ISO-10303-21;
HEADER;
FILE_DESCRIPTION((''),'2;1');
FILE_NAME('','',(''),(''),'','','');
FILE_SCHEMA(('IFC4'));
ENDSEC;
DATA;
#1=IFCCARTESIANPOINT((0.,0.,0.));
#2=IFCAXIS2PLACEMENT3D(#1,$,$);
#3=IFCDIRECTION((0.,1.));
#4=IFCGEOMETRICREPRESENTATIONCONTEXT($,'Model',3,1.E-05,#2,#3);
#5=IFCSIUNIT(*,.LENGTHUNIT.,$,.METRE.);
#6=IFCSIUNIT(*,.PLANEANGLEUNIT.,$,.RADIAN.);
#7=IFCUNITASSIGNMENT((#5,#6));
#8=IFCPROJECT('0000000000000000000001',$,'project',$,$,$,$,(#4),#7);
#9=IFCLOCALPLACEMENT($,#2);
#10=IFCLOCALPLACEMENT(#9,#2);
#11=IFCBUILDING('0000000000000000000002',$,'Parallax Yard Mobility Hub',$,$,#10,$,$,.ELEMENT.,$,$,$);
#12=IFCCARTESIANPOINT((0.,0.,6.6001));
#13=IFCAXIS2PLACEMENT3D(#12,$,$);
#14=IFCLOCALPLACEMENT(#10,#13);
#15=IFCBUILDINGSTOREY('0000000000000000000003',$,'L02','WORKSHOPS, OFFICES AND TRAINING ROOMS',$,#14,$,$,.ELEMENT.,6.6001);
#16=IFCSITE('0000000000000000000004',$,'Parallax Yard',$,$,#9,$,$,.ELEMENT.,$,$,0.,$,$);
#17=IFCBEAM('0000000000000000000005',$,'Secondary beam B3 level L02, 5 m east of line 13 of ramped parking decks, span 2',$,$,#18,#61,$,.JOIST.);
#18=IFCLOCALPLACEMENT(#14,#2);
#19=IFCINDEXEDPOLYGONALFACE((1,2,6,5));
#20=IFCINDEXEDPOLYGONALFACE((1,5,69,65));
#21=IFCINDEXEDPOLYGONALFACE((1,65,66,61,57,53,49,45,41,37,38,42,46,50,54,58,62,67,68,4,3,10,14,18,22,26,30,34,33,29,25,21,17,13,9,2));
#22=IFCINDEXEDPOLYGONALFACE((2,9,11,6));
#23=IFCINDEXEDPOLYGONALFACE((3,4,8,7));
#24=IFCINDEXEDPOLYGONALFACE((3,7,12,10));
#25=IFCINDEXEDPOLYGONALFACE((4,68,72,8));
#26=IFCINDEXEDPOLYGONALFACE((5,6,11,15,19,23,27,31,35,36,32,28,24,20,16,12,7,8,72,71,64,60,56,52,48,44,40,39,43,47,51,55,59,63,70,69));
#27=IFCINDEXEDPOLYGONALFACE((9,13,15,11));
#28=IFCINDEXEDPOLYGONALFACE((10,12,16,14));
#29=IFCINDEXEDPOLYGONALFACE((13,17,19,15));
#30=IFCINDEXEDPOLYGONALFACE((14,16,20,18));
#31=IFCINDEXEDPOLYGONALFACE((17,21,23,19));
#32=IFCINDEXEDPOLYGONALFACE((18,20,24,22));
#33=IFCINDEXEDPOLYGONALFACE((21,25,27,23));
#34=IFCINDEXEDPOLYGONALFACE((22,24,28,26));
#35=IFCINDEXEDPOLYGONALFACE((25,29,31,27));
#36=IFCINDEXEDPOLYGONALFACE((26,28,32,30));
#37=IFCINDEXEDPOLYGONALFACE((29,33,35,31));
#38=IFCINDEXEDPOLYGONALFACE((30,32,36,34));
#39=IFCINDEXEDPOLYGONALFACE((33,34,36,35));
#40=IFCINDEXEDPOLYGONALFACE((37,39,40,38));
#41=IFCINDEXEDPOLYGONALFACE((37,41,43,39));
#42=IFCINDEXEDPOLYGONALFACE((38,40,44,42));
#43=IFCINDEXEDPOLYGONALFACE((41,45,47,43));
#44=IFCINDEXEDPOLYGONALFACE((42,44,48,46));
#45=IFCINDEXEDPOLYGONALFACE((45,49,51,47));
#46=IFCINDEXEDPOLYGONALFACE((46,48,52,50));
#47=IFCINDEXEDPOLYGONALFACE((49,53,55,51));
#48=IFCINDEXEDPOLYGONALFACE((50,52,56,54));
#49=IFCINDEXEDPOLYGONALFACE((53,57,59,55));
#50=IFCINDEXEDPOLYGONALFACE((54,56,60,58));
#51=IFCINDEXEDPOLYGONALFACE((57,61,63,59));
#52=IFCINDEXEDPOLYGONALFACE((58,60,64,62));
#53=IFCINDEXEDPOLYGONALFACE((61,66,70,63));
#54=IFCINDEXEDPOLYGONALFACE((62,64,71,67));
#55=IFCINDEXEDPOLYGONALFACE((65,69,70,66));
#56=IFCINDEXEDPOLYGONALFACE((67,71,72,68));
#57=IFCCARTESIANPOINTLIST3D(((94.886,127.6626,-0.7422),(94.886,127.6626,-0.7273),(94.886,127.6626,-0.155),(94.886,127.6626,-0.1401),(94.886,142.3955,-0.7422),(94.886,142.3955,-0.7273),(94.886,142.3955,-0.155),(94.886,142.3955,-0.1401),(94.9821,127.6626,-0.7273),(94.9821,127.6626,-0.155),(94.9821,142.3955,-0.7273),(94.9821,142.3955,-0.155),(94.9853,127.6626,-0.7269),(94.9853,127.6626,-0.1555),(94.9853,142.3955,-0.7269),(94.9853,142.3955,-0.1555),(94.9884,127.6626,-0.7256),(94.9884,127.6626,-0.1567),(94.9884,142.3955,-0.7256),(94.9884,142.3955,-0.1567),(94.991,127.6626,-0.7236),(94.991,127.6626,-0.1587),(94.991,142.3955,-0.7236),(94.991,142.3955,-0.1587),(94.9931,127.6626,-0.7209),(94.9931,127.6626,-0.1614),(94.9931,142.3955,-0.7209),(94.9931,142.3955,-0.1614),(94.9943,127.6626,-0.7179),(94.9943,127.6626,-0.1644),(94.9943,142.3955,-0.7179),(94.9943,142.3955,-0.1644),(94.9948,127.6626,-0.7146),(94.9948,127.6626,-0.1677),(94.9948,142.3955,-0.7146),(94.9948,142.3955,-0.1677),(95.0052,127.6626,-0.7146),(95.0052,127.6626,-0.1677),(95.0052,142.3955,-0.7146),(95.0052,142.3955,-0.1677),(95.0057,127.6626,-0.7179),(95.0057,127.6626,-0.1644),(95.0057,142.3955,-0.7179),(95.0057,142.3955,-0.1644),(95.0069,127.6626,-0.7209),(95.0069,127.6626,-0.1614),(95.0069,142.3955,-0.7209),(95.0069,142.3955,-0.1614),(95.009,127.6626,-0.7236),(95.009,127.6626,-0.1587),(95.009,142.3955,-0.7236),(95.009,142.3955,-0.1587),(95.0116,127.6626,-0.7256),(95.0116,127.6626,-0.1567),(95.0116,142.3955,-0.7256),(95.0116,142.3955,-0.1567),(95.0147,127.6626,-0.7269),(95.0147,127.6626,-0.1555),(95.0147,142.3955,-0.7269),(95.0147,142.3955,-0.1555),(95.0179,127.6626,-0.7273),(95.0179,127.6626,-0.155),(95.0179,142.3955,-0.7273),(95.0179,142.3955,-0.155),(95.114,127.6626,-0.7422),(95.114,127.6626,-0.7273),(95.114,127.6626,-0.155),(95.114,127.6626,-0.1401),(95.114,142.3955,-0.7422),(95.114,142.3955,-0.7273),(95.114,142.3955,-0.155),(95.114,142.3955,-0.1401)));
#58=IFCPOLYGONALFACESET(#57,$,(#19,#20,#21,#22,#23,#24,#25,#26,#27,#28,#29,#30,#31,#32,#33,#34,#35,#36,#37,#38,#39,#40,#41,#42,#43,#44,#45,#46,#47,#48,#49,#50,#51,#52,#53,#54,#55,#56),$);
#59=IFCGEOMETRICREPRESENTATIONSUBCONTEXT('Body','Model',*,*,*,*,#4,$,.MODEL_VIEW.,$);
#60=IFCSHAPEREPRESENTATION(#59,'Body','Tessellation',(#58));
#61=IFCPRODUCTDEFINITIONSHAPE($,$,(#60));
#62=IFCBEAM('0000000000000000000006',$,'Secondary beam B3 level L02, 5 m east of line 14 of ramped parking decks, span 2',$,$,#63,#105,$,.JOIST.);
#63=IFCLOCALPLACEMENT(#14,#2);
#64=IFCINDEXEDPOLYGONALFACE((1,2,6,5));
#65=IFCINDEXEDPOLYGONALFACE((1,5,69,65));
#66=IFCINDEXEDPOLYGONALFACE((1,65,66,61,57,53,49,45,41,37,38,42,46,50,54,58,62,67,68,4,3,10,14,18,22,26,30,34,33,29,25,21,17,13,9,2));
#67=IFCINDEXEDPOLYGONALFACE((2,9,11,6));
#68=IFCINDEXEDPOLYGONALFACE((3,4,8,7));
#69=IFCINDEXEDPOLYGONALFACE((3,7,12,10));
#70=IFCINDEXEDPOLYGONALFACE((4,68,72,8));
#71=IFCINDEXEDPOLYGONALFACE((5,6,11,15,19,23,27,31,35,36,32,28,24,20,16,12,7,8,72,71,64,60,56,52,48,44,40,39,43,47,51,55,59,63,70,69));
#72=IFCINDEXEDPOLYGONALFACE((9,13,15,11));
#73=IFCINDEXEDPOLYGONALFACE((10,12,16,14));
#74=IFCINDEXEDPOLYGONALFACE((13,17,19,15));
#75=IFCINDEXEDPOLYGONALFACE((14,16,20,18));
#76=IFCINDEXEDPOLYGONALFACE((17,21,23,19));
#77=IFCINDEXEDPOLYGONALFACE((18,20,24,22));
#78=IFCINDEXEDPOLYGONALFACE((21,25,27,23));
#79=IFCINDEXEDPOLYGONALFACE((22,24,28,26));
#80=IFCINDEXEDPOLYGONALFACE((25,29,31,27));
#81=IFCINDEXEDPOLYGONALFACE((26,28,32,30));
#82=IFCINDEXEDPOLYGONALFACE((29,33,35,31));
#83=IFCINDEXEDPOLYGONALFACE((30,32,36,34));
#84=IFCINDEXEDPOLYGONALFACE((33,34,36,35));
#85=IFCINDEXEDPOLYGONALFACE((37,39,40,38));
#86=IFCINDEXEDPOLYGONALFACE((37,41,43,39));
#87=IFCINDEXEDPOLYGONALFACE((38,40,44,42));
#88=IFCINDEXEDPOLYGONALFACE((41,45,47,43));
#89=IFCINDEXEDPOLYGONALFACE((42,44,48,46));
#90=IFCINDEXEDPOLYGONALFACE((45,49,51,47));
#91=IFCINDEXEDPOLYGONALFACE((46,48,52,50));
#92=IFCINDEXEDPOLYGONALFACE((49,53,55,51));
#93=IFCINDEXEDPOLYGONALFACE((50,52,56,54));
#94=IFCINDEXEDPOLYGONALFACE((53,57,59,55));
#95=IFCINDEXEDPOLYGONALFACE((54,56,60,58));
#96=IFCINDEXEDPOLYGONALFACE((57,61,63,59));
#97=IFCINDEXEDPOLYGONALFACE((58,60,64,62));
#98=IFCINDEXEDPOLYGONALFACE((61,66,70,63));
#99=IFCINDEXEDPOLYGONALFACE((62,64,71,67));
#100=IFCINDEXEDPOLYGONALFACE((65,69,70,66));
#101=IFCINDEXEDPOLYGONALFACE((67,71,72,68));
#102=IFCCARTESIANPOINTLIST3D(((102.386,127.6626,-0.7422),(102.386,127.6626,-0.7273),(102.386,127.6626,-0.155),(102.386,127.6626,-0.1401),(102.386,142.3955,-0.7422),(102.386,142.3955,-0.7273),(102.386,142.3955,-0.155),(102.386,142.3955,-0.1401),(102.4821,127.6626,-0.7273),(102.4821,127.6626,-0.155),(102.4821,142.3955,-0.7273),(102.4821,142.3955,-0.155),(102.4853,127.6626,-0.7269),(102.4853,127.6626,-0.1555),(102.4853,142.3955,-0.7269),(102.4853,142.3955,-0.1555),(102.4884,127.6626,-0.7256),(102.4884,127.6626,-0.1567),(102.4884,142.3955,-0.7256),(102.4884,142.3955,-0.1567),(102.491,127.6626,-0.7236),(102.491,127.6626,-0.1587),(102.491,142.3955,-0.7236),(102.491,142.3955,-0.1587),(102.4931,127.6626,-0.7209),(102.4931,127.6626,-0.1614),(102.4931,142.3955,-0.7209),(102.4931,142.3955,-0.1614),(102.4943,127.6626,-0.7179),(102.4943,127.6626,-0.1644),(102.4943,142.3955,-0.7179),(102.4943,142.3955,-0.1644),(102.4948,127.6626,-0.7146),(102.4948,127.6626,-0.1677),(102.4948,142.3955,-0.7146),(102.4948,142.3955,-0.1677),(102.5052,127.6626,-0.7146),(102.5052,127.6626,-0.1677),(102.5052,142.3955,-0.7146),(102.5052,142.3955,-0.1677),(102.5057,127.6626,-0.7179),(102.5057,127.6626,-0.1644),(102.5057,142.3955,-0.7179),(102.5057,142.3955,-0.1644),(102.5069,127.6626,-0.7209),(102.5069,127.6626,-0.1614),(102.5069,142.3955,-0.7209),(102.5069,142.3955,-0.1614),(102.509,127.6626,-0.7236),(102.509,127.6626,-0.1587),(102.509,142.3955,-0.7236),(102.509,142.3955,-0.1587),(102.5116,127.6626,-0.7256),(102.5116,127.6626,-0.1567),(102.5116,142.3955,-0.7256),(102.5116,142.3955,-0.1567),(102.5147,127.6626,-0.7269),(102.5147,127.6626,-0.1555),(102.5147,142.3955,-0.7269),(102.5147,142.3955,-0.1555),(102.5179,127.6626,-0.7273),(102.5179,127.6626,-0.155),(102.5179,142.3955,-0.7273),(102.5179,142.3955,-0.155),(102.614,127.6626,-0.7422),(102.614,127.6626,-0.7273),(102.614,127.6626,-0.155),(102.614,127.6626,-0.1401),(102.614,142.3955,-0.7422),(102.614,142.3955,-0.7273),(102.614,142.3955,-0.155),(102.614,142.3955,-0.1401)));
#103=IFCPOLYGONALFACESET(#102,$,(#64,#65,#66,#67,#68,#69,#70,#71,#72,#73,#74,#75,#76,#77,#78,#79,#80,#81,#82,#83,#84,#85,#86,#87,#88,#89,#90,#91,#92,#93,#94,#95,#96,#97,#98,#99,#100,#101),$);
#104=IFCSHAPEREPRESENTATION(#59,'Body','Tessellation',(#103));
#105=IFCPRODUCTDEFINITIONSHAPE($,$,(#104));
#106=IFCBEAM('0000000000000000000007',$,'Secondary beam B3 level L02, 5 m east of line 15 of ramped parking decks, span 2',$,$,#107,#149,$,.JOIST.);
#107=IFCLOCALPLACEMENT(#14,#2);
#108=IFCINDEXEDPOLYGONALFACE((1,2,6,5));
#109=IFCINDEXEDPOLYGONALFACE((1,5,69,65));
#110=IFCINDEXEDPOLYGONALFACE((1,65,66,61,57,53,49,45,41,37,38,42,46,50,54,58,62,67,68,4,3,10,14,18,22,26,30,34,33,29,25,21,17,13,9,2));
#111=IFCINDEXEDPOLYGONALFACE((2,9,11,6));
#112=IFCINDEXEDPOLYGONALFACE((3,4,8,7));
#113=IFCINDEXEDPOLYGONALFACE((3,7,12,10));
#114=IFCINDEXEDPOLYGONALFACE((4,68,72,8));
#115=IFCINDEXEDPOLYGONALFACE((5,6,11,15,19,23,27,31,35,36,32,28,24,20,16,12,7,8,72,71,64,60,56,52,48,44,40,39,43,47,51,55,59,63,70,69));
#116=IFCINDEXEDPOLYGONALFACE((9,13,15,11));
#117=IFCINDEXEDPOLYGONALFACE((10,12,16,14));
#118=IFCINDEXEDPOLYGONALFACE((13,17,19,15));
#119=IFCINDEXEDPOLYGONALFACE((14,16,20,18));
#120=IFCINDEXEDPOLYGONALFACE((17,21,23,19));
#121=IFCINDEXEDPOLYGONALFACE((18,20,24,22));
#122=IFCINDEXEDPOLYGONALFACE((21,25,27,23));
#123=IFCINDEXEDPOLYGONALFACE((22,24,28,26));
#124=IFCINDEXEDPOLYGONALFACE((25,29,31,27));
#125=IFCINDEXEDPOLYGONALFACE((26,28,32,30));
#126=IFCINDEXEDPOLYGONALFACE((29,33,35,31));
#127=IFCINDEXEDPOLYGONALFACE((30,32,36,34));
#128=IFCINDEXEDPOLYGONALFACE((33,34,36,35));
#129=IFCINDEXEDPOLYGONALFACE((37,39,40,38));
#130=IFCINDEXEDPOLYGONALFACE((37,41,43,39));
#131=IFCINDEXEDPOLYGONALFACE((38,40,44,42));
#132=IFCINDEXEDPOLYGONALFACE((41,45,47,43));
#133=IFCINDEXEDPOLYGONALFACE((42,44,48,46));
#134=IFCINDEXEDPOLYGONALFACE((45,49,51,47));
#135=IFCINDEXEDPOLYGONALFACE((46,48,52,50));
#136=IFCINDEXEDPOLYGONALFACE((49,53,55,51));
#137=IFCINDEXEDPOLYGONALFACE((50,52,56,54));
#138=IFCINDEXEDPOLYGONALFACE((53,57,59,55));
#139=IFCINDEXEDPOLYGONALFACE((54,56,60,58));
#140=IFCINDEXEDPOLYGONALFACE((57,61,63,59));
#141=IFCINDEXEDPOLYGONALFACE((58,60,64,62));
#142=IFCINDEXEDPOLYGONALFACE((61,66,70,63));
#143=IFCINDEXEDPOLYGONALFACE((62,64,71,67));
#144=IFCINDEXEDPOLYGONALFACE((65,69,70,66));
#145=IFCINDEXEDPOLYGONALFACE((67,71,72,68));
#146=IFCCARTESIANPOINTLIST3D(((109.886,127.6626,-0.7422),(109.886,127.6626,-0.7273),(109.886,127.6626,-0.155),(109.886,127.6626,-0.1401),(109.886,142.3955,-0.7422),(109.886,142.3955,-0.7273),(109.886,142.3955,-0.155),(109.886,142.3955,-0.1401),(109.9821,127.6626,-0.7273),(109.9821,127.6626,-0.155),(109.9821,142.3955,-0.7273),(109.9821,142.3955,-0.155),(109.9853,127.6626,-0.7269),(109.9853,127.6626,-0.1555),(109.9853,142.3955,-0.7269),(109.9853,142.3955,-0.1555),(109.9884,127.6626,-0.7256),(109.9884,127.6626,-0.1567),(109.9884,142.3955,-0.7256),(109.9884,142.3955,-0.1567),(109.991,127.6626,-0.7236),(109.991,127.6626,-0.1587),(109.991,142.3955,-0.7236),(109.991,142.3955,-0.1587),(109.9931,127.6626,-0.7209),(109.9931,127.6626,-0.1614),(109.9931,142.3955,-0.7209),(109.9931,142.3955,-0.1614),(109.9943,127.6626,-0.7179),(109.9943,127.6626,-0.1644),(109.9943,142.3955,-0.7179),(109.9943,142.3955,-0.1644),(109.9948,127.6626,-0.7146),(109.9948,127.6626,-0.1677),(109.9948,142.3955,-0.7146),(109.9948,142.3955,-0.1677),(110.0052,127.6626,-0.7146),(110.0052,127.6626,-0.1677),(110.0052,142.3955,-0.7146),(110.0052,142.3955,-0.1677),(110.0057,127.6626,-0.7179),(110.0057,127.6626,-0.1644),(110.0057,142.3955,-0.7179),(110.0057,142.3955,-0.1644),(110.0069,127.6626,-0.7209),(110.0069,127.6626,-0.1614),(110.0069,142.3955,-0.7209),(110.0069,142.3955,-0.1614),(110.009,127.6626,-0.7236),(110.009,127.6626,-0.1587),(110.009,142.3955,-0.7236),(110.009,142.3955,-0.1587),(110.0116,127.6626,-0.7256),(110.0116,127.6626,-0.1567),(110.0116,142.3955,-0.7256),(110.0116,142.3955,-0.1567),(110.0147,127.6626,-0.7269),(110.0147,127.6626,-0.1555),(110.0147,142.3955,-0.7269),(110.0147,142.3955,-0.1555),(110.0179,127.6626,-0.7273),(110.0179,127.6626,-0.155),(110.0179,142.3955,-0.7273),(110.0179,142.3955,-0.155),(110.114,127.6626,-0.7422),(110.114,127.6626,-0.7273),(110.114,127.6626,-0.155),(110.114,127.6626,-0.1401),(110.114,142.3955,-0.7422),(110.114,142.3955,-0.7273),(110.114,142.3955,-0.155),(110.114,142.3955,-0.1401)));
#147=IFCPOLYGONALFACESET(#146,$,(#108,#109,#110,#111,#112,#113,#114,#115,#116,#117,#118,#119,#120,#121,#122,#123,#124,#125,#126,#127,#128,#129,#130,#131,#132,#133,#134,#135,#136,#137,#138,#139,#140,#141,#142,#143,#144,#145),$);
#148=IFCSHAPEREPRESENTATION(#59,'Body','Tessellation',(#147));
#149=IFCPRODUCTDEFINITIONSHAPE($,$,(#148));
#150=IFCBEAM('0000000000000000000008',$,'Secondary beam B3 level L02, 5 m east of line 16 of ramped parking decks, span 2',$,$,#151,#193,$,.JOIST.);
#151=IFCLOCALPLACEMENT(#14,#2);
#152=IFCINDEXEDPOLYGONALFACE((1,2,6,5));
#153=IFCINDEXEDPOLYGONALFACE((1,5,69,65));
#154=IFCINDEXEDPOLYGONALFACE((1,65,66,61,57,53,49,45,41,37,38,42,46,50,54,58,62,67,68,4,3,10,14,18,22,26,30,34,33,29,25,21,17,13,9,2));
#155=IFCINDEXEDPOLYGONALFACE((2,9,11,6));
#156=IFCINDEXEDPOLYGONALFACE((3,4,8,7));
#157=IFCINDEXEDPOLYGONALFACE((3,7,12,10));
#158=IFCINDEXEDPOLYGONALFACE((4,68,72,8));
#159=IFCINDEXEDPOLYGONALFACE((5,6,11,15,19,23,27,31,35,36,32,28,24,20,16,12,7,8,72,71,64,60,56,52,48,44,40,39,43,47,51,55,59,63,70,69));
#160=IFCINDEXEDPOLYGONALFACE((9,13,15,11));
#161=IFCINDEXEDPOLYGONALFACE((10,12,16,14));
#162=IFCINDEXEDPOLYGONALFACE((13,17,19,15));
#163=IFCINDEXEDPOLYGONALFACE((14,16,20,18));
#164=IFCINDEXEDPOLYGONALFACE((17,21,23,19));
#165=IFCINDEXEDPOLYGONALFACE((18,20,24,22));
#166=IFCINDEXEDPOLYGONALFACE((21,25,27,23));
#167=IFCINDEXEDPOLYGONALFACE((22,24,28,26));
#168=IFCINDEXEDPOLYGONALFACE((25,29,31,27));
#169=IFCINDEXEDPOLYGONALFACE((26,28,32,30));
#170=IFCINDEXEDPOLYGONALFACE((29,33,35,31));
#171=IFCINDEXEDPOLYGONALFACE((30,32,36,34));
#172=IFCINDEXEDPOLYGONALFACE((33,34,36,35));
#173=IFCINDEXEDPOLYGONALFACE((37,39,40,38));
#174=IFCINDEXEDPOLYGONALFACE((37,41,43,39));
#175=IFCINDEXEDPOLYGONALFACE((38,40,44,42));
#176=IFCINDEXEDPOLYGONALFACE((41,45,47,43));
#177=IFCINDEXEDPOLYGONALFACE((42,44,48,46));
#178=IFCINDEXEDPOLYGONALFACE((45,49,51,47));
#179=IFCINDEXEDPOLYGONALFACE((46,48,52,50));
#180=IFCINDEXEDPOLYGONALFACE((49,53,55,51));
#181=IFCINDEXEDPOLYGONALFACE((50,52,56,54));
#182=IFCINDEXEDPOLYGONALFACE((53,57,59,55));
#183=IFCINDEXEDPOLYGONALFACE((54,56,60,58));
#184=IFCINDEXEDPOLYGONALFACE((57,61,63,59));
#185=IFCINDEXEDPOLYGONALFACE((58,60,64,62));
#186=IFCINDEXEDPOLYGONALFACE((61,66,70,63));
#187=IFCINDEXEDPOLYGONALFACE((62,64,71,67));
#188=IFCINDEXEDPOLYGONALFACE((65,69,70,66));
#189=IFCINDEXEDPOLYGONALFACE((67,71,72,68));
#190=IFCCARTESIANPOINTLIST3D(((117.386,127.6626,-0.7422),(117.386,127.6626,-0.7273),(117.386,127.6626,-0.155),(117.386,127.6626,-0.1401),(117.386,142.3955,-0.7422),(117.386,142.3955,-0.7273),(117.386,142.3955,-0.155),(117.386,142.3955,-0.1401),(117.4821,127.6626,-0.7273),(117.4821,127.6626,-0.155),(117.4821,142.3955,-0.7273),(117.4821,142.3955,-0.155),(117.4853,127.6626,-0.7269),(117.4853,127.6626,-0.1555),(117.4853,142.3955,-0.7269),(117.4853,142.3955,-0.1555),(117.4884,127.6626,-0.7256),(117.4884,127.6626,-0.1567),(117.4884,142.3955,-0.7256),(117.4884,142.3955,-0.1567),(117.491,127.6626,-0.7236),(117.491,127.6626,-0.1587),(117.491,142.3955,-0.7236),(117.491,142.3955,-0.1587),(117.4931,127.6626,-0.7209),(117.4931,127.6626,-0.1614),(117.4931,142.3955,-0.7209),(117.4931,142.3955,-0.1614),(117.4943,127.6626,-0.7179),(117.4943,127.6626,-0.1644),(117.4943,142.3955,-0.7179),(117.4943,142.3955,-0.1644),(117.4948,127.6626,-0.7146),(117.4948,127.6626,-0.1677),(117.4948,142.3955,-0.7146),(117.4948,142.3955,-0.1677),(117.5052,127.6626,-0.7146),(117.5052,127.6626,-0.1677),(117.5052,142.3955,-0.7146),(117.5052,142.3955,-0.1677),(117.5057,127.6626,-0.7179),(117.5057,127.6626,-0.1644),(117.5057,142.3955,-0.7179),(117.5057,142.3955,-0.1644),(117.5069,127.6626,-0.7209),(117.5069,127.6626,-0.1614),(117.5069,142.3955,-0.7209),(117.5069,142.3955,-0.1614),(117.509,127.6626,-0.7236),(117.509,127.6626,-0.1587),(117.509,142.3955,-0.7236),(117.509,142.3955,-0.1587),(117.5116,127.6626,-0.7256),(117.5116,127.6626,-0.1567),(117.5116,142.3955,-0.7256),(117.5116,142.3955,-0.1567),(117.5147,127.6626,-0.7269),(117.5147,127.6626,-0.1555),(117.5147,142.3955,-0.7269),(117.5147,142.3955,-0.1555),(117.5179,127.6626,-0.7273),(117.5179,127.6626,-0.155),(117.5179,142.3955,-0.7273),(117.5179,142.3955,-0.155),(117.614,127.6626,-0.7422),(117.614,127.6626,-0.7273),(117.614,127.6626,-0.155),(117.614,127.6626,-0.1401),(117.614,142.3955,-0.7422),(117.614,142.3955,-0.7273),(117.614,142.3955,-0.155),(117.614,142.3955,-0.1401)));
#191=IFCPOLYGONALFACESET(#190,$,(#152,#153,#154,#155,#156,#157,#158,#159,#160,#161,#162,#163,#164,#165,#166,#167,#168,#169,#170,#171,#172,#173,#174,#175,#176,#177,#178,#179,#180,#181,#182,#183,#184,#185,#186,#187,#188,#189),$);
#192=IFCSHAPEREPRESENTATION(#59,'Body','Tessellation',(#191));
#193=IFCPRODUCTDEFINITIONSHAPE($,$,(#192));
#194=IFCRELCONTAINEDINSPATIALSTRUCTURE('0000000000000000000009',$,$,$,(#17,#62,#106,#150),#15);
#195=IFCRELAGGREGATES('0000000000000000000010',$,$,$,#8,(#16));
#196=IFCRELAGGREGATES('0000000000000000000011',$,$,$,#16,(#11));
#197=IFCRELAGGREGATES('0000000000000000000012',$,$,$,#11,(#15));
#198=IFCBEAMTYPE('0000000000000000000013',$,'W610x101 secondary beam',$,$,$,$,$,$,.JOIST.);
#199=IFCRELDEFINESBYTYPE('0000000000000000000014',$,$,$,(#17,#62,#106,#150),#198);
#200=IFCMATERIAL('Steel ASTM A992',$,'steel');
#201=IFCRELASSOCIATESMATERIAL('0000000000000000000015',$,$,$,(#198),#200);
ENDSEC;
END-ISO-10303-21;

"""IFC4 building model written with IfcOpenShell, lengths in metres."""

from ifc_helpers import new_model, si_unit, direction, frame, origin, origin_2d, place, context, subcontext, project, spatial, i_section, extrude, material, material_profile, profile_set, type_object, element, save


model = new_model("IFC4")

# Units and contexts
model_context = context("Model", 3, precision=1e-05, world=origin(), true_north=direction((0.0, 1.0)))
body_context = subcontext(model_context, "Body", "Model", "MODEL_VIEW")
ifc_project = project(units=[si_unit("LENGTHUNIT", "METRE"), si_unit("PLANEANGLEUNIT", "RADIAN")], contexts=[model_context])

# Site, building, storey
site_placement = place(None, origin())
site = spatial("IfcSite", under=ifc_project, at=site_placement, Name="Parallax Yard", CompositionType="ELEMENT", RefElevation=0.0)
building_placement = place(site_placement, origin())
building = spatial("IfcBuilding", under=site, at=building_placement, Name="Parallax Yard Mobility Hub", CompositionType="ELEMENT")
storey_placement = place(building_placement, frame((0.0, 0.0, 6.6001)))
storey = spatial("IfcBuildingStorey", under=building, at=storey_placement, Name="L02", Description="WORKSHOPS, OFFICES AND TRAINING ROOMS", CompositionType="ELEMENT", Elevation=6.6001)

# Shared definitions
ifc_material_1 = material(Name="Steel ASTM A992", Category="steel")

# Beams
ifc_material_profile_1 = material_profile(ifc_material_1, i_section(OverallWidth=0.228, OverallDepth=0.6021, WebThickness=0.0105, FlangeThickness=0.0149, FilletRadius=0.0127, at=origin_2d()), Name="W610x101")
ifc_profile_set_1 = profile_set([ifc_material_profile_1], Name="Steel ASTM A992")
beam_type_1 = type_object("IfcBeamType", Name="W610x101 secondary beam", PredefinedType="JOIST", material=ifc_profile_set_1)
for number, where, z_axis, x_axis, name in (
    (1, (95.0, 127.6626, -0.4412), (0.0, 1.0, 0.0), (-1.0, 0.0, 0.0), "Secondary beam B3 level L02, 5 m east of line 13 of ramped parking decks, span 2"),
    (2, (102.5, 127.6626, -0.4412), (0.0, 1.0, 0.0), (-1.0, 0.0, 0.0), "Secondary beam B3 level L02, 5 m east of line 14 of ramped parking decks, span 2"),
    (3, (110.0, 127.6626, -0.4412), (0.0, 1.0, 0.0), (-1.0, 0.0, 0.0), "Secondary beam B3 level L02, 5 m east of line 15 of ramped parking decks, span 2"),
    (4, (117.5, 127.6626, -0.4412), (0.0, 1.0, 0.0), (-1.0, 0.0, 0.0), "Secondary beam B3 level L02, 5 m east of line 16 of ramped parking decks, span 2"),
):
    element("IfcBeam", number, at=place(storey_placement, frame(where, z_axis=z_axis, x_axis=x_axis)), inside=storey, type_object=beam_type_1, Name=name, PredefinedType="JOIST", context=body_context, shape_type="SweptSolid", body=[
        extrude(i_section(OverallWidth=0.228, OverallDepth=0.6021, WebThickness=0.0105, FlangeThickness=0.0149, FilletRadius=0.0127, at=origin_2d()), origin(), (0.0, 0.0, 1.0), 14.7329),
    ])

save(model, "model.ifc")
